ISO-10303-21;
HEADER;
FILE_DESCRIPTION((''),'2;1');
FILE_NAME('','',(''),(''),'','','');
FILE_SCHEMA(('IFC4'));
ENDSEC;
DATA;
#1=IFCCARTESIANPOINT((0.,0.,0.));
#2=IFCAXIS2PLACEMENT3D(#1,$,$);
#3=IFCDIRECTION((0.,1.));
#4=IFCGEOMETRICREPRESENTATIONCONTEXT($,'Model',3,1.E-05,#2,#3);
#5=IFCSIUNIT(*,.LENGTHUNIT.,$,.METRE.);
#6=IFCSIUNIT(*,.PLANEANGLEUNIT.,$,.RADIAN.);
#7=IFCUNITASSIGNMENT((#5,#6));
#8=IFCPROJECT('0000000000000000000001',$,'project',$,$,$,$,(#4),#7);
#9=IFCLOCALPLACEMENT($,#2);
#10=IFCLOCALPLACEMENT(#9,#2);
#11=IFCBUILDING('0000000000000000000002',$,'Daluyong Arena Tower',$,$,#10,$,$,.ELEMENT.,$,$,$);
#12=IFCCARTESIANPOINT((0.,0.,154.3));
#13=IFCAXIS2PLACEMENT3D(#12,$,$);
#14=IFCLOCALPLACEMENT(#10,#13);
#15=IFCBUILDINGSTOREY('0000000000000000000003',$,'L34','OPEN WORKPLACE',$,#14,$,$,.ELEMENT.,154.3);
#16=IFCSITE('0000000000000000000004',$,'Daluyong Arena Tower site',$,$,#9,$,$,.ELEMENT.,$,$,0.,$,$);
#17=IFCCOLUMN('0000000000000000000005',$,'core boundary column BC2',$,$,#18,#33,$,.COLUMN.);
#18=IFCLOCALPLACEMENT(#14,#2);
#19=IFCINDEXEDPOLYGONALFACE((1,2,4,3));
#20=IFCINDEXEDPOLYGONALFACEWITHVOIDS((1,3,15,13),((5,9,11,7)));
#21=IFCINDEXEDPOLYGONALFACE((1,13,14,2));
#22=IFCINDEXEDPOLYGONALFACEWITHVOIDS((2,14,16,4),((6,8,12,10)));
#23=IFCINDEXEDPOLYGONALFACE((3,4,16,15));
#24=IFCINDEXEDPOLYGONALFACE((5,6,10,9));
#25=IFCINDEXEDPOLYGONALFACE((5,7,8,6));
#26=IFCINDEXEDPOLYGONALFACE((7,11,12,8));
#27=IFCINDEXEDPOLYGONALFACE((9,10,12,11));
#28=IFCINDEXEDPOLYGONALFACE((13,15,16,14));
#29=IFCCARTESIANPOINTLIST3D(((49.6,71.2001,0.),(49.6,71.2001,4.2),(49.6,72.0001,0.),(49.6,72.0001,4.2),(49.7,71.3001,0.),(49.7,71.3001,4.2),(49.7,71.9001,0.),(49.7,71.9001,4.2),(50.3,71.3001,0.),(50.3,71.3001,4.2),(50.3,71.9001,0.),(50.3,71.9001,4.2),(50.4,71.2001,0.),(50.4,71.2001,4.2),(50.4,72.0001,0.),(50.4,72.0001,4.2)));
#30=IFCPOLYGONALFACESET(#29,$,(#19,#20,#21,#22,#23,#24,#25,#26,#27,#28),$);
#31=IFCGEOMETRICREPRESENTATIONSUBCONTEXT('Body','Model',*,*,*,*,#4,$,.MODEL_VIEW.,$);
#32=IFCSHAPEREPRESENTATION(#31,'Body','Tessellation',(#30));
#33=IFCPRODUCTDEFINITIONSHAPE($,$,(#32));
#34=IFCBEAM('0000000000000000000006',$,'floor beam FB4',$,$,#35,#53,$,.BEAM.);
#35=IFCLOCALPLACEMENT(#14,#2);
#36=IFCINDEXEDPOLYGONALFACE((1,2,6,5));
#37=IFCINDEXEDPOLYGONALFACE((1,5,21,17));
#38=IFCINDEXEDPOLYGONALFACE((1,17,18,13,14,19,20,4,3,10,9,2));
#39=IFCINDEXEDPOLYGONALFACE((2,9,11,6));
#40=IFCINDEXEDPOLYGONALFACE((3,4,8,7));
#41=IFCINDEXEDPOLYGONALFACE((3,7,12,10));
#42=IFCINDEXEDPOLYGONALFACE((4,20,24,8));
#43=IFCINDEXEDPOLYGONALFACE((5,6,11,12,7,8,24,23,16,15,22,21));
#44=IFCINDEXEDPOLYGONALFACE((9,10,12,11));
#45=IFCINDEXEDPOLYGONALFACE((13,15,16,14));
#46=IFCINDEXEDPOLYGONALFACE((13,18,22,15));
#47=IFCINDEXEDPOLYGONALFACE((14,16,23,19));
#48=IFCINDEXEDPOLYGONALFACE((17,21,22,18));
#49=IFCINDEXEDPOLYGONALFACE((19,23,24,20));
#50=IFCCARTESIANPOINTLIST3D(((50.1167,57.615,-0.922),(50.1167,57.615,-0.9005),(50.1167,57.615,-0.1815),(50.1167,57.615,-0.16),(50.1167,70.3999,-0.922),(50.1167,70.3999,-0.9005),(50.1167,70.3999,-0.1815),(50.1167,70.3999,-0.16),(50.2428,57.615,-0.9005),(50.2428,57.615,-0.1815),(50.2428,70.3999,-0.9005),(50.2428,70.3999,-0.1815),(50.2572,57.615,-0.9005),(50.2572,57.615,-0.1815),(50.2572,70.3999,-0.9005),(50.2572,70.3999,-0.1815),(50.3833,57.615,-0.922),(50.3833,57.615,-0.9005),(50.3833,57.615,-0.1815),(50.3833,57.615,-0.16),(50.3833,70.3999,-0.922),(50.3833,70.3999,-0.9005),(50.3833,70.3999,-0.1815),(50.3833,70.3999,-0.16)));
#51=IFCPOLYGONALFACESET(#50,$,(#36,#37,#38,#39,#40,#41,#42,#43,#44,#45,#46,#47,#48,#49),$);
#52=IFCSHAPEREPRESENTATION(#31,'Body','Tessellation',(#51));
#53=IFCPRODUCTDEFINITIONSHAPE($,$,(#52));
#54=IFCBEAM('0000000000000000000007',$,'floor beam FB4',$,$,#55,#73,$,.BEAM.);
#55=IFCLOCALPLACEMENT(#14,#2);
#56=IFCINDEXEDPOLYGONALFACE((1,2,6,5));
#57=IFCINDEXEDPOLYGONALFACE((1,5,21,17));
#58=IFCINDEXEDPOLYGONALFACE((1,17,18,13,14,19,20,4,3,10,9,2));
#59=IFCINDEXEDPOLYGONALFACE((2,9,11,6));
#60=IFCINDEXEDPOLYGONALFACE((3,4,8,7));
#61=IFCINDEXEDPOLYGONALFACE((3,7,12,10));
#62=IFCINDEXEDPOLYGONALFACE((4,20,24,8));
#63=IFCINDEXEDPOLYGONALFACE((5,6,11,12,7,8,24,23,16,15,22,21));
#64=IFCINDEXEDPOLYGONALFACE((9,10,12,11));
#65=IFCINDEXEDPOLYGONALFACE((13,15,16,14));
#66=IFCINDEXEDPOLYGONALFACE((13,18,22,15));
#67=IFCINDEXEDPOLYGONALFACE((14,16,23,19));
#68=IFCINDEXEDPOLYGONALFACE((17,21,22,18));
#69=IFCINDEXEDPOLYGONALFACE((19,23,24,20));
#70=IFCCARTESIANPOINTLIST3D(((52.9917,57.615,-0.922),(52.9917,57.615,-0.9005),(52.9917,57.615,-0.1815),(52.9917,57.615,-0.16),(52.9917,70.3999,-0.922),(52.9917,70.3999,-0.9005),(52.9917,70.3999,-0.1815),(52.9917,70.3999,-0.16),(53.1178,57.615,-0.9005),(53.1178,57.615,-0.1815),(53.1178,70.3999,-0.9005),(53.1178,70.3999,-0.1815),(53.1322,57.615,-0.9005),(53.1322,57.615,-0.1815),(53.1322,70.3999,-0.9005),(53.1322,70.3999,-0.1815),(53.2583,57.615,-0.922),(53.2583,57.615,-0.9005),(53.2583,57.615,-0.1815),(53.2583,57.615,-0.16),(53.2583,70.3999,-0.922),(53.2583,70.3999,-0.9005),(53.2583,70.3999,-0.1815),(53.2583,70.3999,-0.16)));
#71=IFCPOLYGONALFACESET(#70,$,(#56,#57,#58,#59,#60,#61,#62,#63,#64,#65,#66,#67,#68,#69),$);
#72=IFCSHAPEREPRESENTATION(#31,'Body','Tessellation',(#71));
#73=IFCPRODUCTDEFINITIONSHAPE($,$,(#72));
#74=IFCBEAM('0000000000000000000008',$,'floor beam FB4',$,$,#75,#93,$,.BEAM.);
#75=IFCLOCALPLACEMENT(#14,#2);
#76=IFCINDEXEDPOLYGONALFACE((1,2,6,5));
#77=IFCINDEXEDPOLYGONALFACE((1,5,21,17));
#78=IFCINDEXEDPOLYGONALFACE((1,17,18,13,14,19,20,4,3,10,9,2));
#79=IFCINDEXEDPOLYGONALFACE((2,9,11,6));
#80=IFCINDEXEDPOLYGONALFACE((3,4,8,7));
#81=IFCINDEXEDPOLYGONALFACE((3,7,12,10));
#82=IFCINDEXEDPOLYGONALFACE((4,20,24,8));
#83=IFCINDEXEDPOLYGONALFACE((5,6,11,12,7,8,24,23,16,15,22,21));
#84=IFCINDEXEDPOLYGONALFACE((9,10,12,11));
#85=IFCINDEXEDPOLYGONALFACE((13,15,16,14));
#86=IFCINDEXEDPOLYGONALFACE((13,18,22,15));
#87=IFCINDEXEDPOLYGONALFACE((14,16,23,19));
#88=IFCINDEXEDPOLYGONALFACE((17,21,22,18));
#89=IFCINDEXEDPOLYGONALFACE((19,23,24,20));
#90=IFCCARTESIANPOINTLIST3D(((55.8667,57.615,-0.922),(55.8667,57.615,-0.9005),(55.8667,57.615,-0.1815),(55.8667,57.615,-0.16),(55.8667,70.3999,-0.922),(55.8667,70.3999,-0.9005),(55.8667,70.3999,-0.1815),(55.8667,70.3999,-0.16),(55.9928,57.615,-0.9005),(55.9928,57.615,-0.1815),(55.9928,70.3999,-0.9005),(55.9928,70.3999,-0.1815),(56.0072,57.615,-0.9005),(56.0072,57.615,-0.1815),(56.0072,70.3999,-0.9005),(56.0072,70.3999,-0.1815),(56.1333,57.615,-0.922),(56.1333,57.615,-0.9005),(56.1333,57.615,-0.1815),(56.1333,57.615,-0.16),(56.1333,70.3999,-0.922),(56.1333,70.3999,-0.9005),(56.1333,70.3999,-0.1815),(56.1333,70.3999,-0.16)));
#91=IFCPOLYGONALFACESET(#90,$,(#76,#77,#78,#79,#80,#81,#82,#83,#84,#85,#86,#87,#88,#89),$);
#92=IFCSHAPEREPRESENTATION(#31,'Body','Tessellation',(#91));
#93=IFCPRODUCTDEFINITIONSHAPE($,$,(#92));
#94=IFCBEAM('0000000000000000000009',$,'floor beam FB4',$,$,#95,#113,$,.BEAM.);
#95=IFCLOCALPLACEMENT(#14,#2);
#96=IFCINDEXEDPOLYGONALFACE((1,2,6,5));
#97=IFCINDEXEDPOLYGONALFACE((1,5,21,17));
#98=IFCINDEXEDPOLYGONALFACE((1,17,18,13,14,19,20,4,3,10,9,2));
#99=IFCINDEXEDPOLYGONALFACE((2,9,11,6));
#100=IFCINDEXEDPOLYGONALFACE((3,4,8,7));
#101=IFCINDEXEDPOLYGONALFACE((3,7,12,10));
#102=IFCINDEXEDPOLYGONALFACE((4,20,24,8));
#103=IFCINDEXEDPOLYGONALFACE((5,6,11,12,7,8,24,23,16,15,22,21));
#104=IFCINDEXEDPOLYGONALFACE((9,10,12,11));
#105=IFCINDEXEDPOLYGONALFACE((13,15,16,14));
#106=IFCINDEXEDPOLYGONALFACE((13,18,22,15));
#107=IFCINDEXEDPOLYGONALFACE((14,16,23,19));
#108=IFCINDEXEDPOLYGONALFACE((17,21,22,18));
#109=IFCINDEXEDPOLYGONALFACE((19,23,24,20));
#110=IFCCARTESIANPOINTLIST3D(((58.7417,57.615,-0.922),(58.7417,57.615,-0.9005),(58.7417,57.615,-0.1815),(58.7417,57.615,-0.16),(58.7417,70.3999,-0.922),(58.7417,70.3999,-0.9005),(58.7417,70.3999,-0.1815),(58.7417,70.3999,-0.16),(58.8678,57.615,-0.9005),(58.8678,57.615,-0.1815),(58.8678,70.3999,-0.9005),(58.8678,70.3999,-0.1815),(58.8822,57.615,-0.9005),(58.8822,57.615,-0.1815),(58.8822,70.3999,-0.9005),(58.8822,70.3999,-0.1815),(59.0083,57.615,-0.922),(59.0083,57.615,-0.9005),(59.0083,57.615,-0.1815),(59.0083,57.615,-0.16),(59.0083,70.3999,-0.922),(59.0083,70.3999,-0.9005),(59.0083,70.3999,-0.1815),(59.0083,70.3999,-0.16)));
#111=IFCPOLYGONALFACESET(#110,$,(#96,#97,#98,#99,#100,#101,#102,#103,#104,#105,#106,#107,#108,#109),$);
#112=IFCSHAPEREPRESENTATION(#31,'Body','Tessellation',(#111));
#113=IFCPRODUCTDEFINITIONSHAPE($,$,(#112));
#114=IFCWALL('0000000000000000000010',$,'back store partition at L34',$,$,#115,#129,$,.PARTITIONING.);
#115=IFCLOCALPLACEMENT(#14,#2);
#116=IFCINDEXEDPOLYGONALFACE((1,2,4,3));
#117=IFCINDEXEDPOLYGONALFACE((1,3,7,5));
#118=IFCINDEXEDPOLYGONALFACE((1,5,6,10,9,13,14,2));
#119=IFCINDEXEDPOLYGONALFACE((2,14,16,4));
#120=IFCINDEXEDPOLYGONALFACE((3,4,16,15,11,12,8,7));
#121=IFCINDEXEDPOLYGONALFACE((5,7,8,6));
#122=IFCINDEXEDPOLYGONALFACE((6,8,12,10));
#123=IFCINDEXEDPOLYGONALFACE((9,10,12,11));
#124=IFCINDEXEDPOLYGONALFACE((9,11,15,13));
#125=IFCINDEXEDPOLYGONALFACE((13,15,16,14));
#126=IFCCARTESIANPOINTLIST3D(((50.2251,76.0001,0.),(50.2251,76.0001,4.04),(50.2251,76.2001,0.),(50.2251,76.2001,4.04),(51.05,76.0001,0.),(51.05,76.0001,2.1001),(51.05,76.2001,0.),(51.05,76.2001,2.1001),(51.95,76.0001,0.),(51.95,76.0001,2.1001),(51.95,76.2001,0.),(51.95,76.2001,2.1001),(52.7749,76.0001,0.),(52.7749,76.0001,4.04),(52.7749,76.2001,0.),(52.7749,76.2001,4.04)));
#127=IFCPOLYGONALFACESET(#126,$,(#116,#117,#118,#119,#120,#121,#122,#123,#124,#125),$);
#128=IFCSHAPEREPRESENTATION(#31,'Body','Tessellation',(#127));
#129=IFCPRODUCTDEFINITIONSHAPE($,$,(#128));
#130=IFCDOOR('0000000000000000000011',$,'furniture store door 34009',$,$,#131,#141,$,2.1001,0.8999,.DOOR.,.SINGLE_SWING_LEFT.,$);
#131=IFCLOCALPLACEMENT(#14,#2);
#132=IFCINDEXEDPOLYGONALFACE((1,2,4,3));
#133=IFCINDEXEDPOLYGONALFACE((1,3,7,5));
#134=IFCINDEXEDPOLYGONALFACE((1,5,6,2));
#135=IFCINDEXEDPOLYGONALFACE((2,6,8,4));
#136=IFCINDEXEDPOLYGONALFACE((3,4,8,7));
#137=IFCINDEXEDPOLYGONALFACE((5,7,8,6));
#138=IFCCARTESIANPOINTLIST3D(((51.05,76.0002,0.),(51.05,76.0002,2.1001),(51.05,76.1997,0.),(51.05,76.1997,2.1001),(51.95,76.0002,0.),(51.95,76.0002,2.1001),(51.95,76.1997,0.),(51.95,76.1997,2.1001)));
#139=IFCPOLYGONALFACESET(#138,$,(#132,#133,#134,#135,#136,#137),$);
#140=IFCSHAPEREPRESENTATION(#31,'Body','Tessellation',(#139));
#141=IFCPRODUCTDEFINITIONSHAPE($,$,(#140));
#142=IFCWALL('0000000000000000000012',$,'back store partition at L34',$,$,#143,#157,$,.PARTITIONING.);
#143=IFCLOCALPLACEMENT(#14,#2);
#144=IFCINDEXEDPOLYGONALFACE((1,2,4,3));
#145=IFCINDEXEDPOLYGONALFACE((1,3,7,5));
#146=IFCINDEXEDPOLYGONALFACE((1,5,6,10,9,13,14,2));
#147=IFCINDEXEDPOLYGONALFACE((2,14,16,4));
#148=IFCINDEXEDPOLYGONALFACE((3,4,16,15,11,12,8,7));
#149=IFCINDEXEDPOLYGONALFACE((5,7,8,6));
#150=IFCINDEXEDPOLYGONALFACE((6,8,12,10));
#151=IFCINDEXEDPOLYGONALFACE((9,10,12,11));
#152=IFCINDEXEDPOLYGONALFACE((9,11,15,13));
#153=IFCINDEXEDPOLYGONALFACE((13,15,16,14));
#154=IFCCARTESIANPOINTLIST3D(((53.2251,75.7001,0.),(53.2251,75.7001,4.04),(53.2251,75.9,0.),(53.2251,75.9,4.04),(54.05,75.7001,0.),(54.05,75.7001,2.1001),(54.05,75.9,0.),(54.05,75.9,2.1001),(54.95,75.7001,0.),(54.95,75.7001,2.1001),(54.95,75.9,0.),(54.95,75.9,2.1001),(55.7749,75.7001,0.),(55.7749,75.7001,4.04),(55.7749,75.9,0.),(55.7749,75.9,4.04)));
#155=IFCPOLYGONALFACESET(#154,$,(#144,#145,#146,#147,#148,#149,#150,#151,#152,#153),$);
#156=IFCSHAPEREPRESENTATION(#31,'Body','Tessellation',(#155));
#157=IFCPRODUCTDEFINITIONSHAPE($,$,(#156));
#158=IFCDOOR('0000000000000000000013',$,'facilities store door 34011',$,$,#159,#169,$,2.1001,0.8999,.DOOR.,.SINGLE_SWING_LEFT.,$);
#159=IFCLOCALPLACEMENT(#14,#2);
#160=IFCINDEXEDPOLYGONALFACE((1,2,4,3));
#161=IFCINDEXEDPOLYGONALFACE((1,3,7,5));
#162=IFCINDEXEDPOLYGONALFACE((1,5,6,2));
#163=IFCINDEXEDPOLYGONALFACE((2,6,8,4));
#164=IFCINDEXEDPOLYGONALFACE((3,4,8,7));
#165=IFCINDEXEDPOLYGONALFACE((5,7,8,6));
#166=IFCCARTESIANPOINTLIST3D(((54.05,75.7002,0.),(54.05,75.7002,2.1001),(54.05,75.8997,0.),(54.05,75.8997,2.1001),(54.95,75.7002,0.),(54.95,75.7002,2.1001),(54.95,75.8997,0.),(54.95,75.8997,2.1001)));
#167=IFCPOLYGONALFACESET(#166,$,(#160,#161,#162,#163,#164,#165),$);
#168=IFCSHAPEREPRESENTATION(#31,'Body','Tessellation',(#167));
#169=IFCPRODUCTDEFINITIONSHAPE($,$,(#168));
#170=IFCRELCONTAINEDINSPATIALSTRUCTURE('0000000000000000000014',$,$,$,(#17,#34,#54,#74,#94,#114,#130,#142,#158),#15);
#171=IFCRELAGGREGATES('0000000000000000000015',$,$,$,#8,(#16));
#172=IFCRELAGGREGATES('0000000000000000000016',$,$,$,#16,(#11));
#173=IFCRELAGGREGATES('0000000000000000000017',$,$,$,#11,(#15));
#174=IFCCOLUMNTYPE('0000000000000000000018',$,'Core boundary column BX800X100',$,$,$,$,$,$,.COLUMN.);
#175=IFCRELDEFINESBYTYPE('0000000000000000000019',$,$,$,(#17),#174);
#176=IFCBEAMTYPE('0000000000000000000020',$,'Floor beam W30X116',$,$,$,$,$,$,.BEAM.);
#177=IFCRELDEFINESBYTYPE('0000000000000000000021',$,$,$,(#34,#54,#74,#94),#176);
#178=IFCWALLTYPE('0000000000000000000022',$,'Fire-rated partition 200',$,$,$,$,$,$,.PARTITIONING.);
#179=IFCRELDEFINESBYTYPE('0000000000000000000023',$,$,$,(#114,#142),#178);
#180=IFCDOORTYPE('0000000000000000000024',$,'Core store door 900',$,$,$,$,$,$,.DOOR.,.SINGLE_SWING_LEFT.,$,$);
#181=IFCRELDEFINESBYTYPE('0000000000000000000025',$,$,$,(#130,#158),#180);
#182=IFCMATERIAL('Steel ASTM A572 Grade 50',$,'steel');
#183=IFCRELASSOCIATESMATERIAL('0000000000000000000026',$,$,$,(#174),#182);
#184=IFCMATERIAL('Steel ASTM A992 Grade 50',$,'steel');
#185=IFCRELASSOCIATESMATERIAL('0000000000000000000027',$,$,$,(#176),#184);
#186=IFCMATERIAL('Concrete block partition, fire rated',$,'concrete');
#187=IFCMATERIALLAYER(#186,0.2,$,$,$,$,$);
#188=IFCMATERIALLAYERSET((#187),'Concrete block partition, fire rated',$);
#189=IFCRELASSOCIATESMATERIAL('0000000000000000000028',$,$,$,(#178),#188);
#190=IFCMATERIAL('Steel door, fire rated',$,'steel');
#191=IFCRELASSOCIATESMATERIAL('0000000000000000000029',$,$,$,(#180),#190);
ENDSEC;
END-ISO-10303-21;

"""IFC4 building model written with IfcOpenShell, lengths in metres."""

from ifc_helpers import new_model, si_unit, direction, frame, frame_2d, origin, origin_2d, place, context, subcontext, project, spatial, rectangle, hollow_rectangle, i_section, extrude, material, layer, layer_set, material_profile, profile_set, type_object, element, fill, save


model = new_model("IFC4")

# Units and contexts
model_context = context("Model", 3, precision=1e-05, world=origin(), true_north=direction((0.0, 1.0)))
body_context = subcontext(model_context, "Body", "Model", "MODEL_VIEW")
ifc_project = project(units=[si_unit("LENGTHUNIT", "METRE"), si_unit("PLANEANGLEUNIT", "RADIAN")], contexts=[model_context])

# Site, building, storey
site_placement = place(None, origin())
site = spatial("IfcSite", under=ifc_project, at=site_placement, Name="Daluyong Arena Tower site", CompositionType="ELEMENT", RefElevation=0.0)
building_placement = place(site_placement, origin())
building = spatial("IfcBuilding", under=site, at=building_placement, Name="Daluyong Arena Tower", CompositionType="ELEMENT")
storey_placement = place(building_placement, frame((0.0, 0.0, 154.3)))
storey = spatial("IfcBuildingStorey", under=building, at=storey_placement, Name="L34", Description="OPEN WORKPLACE", CompositionType="ELEMENT", Elevation=154.3)

# Column
ifc_material_1 = material(Name="Steel ASTM A572 Grade 50", Category="steel")
ifc_material_profile_1 = material_profile(ifc_material_1, hollow_rectangle(XDim=0.8, YDim=0.8, WallThickness=0.1, at=origin_2d()))
ifc_profile_set_1 = profile_set([ifc_material_profile_1], Name="Steel ASTM A572 Grade 50")
column_type = type_object("IfcColumnType", Name="Core boundary column BX800X100", PredefinedType="COLUMN", material=ifc_profile_set_1)
column_placement = place(storey_placement, frame((50.0, 71.6001, 0.0), z_axis=(0.0, 0.0, 1.0), x_axis=(1.0, 0.0, 0.0)))
element("IfcColumn", 1, at=column_placement, inside=storey, type_object=column_type, Name="core boundary column BC2", PredefinedType="COLUMN", context=body_context, shape_type="SweptSolid", body=[
    extrude(hollow_rectangle(XDim=0.8, YDim=0.8, WallThickness=0.1, at=origin_2d()), origin(), (0.0, 0.0, 1.0), 4.2),
])

# Beams
ifc_material_2 = material(Name="Steel ASTM A992 Grade 50", Category="steel")
ifc_material_profile_2 = material_profile(ifc_material_2, i_section(OverallWidth=0.2666, OverallDepth=0.762, WebThickness=0.0144, FlangeThickness=0.0215, at=origin_2d()))
ifc_profile_set_2 = profile_set([ifc_material_profile_2], Name="Steel ASTM A992 Grade 50")
beam_type = type_object("IfcBeamType", Name="Floor beam W30X116", PredefinedType="BEAM", material=ifc_profile_set_2)
for number, where, z_axis, x_axis, name in (
    (2, (50.25, 57.615, -0.541), (0.0, 1.0, 0.0), (-1.0, 0.0, 0.0), "floor beam FB4"),
    (3, (53.125, 57.615, -0.541), (0.0, 1.0, 0.0), (-1.0, 0.0, 0.0), "floor beam FB4"),
    (4, (56.0, 57.615, -0.541), (0.0, 1.0, 0.0), (-1.0, 0.0, 0.0), "floor beam FB4"),
    (5, (58.875, 57.615, -0.541), (0.0, 1.0, 0.0), (-1.0, 0.0, 0.0), "floor beam FB4"),
):
    element("IfcBeam", number, at=place(storey_placement, frame(where, z_axis=z_axis, x_axis=x_axis)), inside=storey, type_object=beam_type, Name=name, PredefinedType="BEAM", context=body_context, shape_type="SweptSolid", body=[
        extrude(i_section(OverallWidth=0.2666, OverallDepth=0.762, WebThickness=0.0144, FlangeThickness=0.0215, at=origin_2d()), origin(), (0.0, 0.0, 1.0), 12.7849),
    ])

# Walls, openings, doors
ifc_material_3 = material(Name="Concrete block partition, fire rated", Category="concrete")
ifc_layer_1 = layer(ifc_material_3, 0.2)
ifc_layer_set_1 = layer_set([ifc_layer_1], Name="Concrete block partition, fire rated")
wall_type_1 = type_object("IfcWallType", Name="Fire-rated partition 200", PredefinedType="PARTITIONING", material=ifc_layer_set_1)
wall_1_placement = place(storey_placement, frame((50.2251, 76.1001, 0.0), z_axis=(0.0, 0.0, 1.0), x_axis=(1.0, 0.0, 0.0)))
wall_1 = element("IfcWall", 6, at=wall_1_placement, inside=storey, type_object=wall_type_1, Name="back store partition at L34", PredefinedType="PARTITIONING", context=body_context, shape_type="SweptSolid", body=[
    extrude(rectangle(XDim=2.5498, YDim=0.2, at=frame_2d((1.2749, 0.0))), origin(), (0.0, 0.0, 1.0), 4.04),
])
opening_1_placement = place(wall_1_placement, frame((0.825, 0.0, 0.0)))
opening_1 = element("IfcOpeningElement", 7, at=opening_1_placement, cuts=wall_1, PredefinedType="OPENING", context=body_context, shape_type="SweptSolid", body=[
    extrude(rectangle(XDim=0.8999, YDim=2.1001, at=frame_2d((0.45, 1.05))), frame((0.0, 0.1099, 0.0), z_axis=(0.0, -1.0, 0.0), x_axis=(1.0, 0.0, 0.0)), (0.0, 0.0, 1.0), 0.22),
])
ifc_material_4 = material(Name="Steel door, fire rated", Category="steel")
door_type_1 = type_object("IfcDoorType", Name="Core store door 900", OperationType="SINGLE_SWING_LEFT", PredefinedType="DOOR", material=ifc_material_4)
door_1_placement = place(opening_1_placement, origin())
door_1 = element("IfcDoor", 8, at=door_1_placement, inside=storey, type_object=door_type_1, Name="furniture store door 34009", OperationType="SINGLE_SWING_LEFT", OverallHeight=2.1001, OverallWidth=0.8999, PredefinedType="DOOR", context=body_context, shape_type="SweptSolid", body=[
    extrude(rectangle(XDim=0.8999, YDim=2.1001, at=frame_2d((0.45, 1.05))), frame((0.0, 0.0996, 0.0), z_axis=(0.0, -1.0, 0.0), x_axis=(1.0, 0.0, 0.0)), (0.0, 0.0, 1.0), 0.1995),
])
fill(opening_1, door_1)
wall_2_placement = place(storey_placement, frame((53.2251, 75.8, 0.0), z_axis=(0.0, 0.0, 1.0), x_axis=(1.0, 0.0, 0.0)))
wall_2 = element("IfcWall", 9, at=wall_2_placement, inside=storey, type_object=wall_type_1, Name="back store partition at L34", PredefinedType="PARTITIONING", context=body_context, shape_type="SweptSolid", body=[
    extrude(rectangle(XDim=2.5498, YDim=0.2, at=frame_2d((1.2749, 0.0))), origin(), (0.0, 0.0, 1.0), 4.04),
])
opening_2_placement = place(wall_2_placement, frame((0.825, 0.0, 0.0)))
opening_2 = element("IfcOpeningElement", 10, at=opening_2_placement, cuts=wall_2, PredefinedType="OPENING", context=body_context, shape_type="SweptSolid", body=[
    extrude(rectangle(XDim=0.8999, YDim=2.1001, at=frame_2d((0.45, 1.05))), frame((0.0, 0.1099, 0.0), z_axis=(0.0, -1.0, 0.0), x_axis=(1.0, 0.0, 0.0)), (0.0, 0.0, 1.0), 0.22),
])
door_2_placement = place(opening_2_placement, origin())
door_2 = element("IfcDoor", 11, at=door_2_placement, inside=storey, type_object=door_type_1, Name="facilities store door 34011", OperationType="SINGLE_SWING_LEFT", OverallHeight=2.1001, OverallWidth=0.8999, PredefinedType="DOOR", context=body_context, shape_type="SweptSolid", body=[
    extrude(rectangle(XDim=0.8999, YDim=2.1001, at=frame_2d((0.45, 1.05))), frame((0.0, 0.0996, 0.0), z_axis=(0.0, -1.0, 0.0), x_axis=(1.0, 0.0, 0.0)), (0.0, 0.0, 1.0), 0.1995),
])
fill(opening_2, door_2)

save(model, "model.ifc")
